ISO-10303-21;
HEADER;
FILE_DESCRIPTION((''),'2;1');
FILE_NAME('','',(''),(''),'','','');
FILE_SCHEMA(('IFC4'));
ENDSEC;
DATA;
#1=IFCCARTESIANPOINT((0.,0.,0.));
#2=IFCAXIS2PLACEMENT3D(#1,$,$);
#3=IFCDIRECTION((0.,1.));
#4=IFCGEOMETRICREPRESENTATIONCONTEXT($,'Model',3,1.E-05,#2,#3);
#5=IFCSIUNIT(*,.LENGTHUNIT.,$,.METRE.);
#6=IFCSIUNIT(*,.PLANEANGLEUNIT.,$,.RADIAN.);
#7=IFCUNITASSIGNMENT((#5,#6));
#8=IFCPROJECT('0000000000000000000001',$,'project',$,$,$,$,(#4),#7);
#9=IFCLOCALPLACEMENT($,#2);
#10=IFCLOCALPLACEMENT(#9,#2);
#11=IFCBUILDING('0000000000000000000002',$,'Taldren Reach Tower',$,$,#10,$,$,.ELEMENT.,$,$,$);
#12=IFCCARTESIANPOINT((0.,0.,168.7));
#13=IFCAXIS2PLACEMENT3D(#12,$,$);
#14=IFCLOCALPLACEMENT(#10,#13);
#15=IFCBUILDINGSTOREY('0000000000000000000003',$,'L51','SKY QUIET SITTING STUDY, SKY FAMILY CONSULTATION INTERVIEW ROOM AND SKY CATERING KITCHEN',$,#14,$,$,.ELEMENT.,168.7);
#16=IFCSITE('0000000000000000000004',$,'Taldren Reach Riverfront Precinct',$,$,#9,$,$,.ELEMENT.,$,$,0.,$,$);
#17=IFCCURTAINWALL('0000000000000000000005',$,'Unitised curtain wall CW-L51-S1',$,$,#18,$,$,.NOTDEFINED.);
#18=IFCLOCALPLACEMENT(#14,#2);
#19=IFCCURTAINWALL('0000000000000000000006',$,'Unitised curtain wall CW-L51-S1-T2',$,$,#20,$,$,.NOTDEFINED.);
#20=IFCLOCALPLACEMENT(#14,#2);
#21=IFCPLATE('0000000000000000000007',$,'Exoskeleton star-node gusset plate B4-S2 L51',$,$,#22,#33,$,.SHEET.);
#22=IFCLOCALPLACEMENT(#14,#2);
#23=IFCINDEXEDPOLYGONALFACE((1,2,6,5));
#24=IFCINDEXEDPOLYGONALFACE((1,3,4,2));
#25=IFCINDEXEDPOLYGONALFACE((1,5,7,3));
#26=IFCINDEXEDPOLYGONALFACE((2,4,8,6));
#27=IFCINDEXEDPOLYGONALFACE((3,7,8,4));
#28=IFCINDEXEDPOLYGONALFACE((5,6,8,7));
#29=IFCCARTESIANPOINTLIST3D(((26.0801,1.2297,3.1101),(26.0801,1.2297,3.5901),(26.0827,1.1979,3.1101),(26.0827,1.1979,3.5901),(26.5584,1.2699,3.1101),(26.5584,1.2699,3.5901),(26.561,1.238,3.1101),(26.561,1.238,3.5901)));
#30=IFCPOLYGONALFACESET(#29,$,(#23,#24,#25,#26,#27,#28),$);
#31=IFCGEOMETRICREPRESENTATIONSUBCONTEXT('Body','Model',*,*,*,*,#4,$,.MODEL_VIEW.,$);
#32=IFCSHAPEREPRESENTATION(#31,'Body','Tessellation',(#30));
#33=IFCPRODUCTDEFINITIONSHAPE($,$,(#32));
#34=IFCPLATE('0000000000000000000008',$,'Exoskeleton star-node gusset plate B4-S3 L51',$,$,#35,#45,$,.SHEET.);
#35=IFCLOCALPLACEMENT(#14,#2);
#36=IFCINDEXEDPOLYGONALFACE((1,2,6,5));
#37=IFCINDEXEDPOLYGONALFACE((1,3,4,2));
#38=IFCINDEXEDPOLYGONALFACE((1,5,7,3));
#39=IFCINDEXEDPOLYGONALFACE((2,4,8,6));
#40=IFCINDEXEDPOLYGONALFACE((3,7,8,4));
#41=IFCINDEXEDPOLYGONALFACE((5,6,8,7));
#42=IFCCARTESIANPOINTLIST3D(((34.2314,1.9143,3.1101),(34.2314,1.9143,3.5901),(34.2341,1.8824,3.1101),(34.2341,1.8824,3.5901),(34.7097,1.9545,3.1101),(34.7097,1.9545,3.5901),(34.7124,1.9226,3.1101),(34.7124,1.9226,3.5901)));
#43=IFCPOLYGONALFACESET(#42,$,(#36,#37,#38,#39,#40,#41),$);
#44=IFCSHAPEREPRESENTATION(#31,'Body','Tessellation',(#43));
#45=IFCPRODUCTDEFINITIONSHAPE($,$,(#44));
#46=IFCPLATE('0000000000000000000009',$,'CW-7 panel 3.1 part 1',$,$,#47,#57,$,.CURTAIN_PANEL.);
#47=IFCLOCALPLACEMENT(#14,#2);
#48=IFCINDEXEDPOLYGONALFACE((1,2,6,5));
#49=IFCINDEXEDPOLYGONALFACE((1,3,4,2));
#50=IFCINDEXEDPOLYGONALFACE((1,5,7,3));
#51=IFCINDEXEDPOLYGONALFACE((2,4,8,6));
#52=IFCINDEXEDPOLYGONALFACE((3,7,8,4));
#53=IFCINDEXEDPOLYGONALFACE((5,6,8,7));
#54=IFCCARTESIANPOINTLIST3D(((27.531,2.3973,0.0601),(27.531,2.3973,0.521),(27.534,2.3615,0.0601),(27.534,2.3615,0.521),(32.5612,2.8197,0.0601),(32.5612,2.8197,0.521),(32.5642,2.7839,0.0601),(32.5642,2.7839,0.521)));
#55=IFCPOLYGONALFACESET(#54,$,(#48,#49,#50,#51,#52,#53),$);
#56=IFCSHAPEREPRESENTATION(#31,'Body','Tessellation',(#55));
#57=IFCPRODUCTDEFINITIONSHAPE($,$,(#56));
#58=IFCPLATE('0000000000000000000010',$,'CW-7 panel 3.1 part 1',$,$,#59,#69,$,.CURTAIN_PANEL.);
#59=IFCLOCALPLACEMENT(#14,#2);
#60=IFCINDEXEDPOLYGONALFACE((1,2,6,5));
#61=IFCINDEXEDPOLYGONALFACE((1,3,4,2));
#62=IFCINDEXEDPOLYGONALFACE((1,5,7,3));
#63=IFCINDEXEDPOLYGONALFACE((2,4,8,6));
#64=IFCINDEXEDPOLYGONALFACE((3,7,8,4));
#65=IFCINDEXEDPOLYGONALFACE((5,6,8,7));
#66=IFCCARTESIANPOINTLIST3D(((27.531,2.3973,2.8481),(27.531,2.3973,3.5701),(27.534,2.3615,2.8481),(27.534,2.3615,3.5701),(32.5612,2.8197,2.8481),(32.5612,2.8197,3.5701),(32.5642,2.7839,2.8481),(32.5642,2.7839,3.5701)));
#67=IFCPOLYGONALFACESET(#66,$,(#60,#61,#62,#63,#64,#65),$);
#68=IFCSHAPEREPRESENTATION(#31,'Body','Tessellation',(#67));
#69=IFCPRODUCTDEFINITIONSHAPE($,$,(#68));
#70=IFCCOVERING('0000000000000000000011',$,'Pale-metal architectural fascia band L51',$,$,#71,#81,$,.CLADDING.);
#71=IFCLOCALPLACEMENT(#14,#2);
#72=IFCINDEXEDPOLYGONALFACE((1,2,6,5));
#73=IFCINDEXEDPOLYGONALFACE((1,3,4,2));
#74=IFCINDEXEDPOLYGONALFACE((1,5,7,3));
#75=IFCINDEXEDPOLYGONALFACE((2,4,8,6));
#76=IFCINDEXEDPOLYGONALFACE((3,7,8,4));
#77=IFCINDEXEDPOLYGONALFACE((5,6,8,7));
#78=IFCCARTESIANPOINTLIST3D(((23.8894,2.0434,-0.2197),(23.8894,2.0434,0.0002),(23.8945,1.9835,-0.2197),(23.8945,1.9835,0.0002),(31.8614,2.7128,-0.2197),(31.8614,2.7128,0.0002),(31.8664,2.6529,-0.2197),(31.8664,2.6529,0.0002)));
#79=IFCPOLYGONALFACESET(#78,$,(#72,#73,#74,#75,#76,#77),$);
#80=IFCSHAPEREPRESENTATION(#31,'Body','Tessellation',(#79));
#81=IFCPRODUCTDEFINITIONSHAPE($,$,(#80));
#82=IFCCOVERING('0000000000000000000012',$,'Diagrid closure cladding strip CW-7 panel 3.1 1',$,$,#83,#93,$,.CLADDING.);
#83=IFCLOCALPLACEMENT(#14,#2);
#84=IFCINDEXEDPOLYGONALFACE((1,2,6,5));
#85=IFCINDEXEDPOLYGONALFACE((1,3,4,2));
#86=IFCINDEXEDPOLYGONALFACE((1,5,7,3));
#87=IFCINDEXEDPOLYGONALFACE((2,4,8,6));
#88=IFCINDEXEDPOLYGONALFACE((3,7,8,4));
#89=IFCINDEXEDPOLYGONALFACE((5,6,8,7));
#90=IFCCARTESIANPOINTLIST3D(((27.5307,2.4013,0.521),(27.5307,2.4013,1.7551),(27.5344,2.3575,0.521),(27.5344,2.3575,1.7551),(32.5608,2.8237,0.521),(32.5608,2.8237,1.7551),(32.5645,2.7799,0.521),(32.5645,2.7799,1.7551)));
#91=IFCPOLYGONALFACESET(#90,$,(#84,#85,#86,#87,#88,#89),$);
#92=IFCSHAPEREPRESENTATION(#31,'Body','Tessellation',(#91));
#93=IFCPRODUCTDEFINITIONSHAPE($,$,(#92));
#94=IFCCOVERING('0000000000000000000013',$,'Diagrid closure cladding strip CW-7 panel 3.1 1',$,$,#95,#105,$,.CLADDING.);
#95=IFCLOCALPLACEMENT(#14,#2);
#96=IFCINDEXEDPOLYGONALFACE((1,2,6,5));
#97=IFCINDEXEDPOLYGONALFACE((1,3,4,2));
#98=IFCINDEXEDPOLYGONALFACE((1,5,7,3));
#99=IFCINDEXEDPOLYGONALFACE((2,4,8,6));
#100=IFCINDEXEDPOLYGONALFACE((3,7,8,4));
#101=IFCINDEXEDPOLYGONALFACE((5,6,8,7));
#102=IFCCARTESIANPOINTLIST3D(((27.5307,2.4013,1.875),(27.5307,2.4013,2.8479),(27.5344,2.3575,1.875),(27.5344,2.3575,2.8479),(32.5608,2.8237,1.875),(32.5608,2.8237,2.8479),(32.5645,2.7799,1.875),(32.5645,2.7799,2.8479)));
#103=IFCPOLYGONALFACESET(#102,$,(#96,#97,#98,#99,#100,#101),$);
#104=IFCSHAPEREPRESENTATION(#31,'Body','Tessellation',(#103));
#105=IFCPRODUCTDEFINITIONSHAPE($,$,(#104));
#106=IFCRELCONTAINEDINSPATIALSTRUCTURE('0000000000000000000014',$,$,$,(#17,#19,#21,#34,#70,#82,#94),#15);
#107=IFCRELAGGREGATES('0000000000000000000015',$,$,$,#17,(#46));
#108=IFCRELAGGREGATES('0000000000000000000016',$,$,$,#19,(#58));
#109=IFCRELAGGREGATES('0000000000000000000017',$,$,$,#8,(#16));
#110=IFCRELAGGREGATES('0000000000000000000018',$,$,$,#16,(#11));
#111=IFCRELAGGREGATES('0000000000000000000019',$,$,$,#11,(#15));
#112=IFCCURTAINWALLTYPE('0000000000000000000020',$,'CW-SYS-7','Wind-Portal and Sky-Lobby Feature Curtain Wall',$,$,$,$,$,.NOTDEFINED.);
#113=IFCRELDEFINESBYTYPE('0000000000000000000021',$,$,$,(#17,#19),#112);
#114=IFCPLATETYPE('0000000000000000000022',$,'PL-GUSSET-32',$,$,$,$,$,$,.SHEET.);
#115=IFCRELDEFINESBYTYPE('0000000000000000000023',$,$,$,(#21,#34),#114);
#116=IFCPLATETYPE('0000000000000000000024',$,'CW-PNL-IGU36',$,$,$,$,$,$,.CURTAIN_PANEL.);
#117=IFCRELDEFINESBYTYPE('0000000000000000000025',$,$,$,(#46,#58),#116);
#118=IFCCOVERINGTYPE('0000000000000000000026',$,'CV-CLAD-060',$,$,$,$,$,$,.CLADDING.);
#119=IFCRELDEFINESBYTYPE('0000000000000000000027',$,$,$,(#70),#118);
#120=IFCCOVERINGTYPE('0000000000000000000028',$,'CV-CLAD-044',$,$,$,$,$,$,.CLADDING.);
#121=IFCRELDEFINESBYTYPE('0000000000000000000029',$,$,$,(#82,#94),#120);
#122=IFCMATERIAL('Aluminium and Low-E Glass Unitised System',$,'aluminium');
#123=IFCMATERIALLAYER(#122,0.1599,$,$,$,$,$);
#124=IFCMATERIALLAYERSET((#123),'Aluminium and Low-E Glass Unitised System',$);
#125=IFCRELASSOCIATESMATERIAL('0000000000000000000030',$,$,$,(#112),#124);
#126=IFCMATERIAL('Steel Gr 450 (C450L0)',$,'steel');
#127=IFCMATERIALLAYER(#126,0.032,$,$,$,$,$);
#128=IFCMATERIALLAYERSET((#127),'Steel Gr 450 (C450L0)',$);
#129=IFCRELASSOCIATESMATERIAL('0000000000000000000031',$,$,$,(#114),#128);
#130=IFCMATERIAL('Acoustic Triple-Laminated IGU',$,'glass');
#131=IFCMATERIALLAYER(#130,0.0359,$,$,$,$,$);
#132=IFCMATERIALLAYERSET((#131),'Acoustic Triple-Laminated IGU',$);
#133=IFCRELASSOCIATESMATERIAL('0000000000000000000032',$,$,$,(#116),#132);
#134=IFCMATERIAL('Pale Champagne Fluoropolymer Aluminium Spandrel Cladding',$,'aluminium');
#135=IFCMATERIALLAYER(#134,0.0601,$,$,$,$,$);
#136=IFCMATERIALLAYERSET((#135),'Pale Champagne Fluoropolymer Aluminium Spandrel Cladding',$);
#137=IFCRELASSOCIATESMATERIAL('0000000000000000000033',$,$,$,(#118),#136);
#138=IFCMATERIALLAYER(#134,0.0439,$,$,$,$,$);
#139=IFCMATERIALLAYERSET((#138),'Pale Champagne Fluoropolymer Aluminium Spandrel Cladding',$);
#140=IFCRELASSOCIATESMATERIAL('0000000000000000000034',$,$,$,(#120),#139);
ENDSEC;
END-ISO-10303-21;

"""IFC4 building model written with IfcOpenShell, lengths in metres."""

from ifc_helpers import new_model, si_unit, direction, frame, origin, origin_2d, place, context, subcontext, project, spatial, rectangle, extrude, source, transform, mapped, material, layer, layer_set, type_object, element, aggregate, save


model = new_model("IFC4")

# Units and contexts
model_context = context("Model", 3, precision=1e-05, world=origin(), true_north=direction((0.0, 1.0)))
body_context = subcontext(model_context, "Body", "Model", "MODEL_VIEW")
ifc_project = project(units=[si_unit("LENGTHUNIT", "METRE"), si_unit("PLANEANGLEUNIT", "RADIAN")], contexts=[model_context])

# Site, building, storey
site_placement = place(None, origin())
site = spatial("IfcSite", under=ifc_project, at=site_placement, Name="Taldren Reach Riverfront Precinct", CompositionType="ELEMENT", RefElevation=0.0)
building_placement = place(site_placement, origin())
building = spatial("IfcBuilding", under=site, at=building_placement, Name="Taldren Reach Tower", CompositionType="ELEMENT")
storey_placement = place(building_placement, frame((0.0, 0.0, 168.7)))
storey = spatial("IfcBuildingStorey", under=building, at=storey_placement, Name="L51", Description="SKY QUIET SITTING STUDY, SKY FAMILY CONSULTATION INTERVIEW ROOM AND SKY CATERING KITCHEN", CompositionType="ELEMENT", Elevation=168.7)

# Shared definitions
ifc_material_1 = material(Name="Steel Gr 450 (C450L0)", Category="steel")

# Curtain walls
ifc_material_2 = material(Name="Aluminium and Low-E Glass Unitised System", Category="aluminium")
ifc_layer_1 = layer(ifc_material_2, 0.1599)
ifc_layer_set_1 = layer_set([ifc_layer_1], Name="Aluminium and Low-E Glass Unitised System")
curtain_wall_type = type_object("IfcCurtainWallType", Name="CW-SYS-7", Description="Wind-Portal and Sky-Lobby Feature Curtain Wall", PredefinedType="NOTDEFINED", material=ifc_layer_set_1)
curtain_wall_1_placement = place(storey_placement, origin())
curtain_wall_1 = element("IfcCurtainWall", 1, at=curtain_wall_1_placement, inside=storey, type_object=curtain_wall_type, Name="Unitised curtain wall CW-L51-S1", PredefinedType="NOTDEFINED")
curtain_wall_2_placement = place(storey_placement, origin())
curtain_wall_2 = element("IfcCurtainWall", 2, at=curtain_wall_2_placement, inside=storey, type_object=curtain_wall_type, Name="Unitised curtain wall CW-L51-S1-T2", PredefinedType="NOTDEFINED")

# Plates
ifc_layer_2 = layer(ifc_material_1, 0.032)
ifc_layer_set_2 = layer_set([ifc_layer_2], Name="Steel Gr 450 (C450L0)")
plate_type_1 = type_object("IfcPlateType", Name="PL-GUSSET-32", PredefinedType="SHEET", material=ifc_layer_set_2)
shared_shape_1 = source(origin(), body_context, "Body", "SweptSolid", [
    extrude(rectangle(XDim=0.48, YDim=0.032, at=origin_2d()), origin(), (0.0, 0.0, 1.0), 0.48),
])
for number, where, z_axis, x_axis, name in (
    (3, (26.3206, 1.2339, 3.1101), (0.0, 0.0, 1.0), (0.996493, 0.083678, 0.0), "Exoskeleton star-node gusset plate B4-S2 L51"),
    (4, (34.4719, 1.9185, 3.1101), (0.0, 0.0, 1.0), (0.996493, 0.083678, 0.0), "Exoskeleton star-node gusset plate B4-S3 L51"),
):
    element("IfcPlate", number, at=place(storey_placement, frame(where, z_axis=z_axis, x_axis=x_axis)), inside=storey, type_object=plate_type_1, Name=name, PredefinedType="SHEET", context=body_context, shape_type="MappedRepresentation", body=[
        mapped(shared_shape_1, transform((0.0, 0.0, 0.0), scale=1.0)),
    ])

# Plates
ifc_material_3 = material(Name="Acoustic Triple-Laminated IGU", Category="glass")
ifc_layer_3 = layer(ifc_material_3, 0.0359)
ifc_layer_set_3 = layer_set([ifc_layer_3], Name="Acoustic Triple-Laminated IGU")
plate_type_2 = type_object("IfcPlateType", Name="CW-PNL-IGU36", PredefinedType="CURTAIN_PANEL", material=ifc_layer_set_3)
shared_shape_2 = source(origin(), body_context, "Body", "SweptSolid", [
    extrude(rectangle(XDim=5.0479, YDim=0.0359, at=origin_2d()), origin(), (0.0, 0.0, 1.0), 0.4609),
])
plate_1_placement = place(storey_placement, frame((30.0476, 2.5906, 0.0601), z_axis=(0.0, 0.0, 1.0), x_axis=(0.996493, 0.083678, 0.0)))
plate_1 = element("IfcPlate", 5, at=plate_1_placement, type_object=plate_type_2, Name="CW-7 panel 3.1 part 1", PredefinedType="CURTAIN_PANEL", context=body_context, shape_type="MappedRepresentation", body=[
    mapped(shared_shape_2, transform((0.0, 0.0, 0.0), scale=1.0)),
])
aggregate(curtain_wall_1, [plate_1])
shared_shape_3 = source(origin(), body_context, "Body", "SweptSolid", [
    extrude(rectangle(XDim=5.0479, YDim=0.0359, at=origin_2d()), origin(), (0.0, 0.0, 1.0), 0.7219),
])
plate_2_placement = place(storey_placement, frame((30.0476, 2.5906, 2.8481), z_axis=(0.0, 0.0, 1.0), x_axis=(0.996493, 0.083678, 0.0)))
plate_2 = element("IfcPlate", 6, at=plate_2_placement, type_object=plate_type_2, Name="CW-7 panel 3.1 part 1", PredefinedType="CURTAIN_PANEL", context=body_context, shape_type="MappedRepresentation", body=[
    mapped(shared_shape_3, transform((0.0, 0.0, 0.0), scale=1.0)),
])
aggregate(curtain_wall_2, [plate_2])

# Coverings
ifc_material_4 = material(Name="Pale Champagne Fluoropolymer Aluminium Spandrel Cladding", Category="aluminium")
ifc_layer_4 = layer(ifc_material_4, 0.0601)
ifc_layer_set_4 = layer_set([ifc_layer_4], Name="Pale Champagne Fluoropolymer Aluminium Spandrel Cladding")
covering_type_1 = type_object("IfcCoveringType", Name="CV-CLAD-060", PredefinedType="CLADDING", material=ifc_layer_set_4)
shared_shape_4 = source(origin(), body_context, "Body", "SweptSolid", [
    extrude(rectangle(XDim=8.0, YDim=0.0601, at=origin_2d()), origin(), (0.0, 0.0, 1.0), 0.22),
])
covering_1_placement = place(storey_placement, frame((27.8779, 2.3481, -0.2197), z_axis=(0.0, 0.0, 1.0), x_axis=(0.996493, 0.083678, 0.0)))
element("IfcCovering", 7, at=covering_1_placement, inside=storey, type_object=covering_type_1, Name="Pale-metal architectural fascia band L51", PredefinedType="CLADDING", context=body_context, shape_type="MappedRepresentation", body=[
    mapped(shared_shape_4, transform((0.0, 0.0, 0.0), scale=1.0)),
])
ifc_layer_5 = layer(ifc_material_4, 0.0439)
ifc_layer_set_5 = layer_set([ifc_layer_5], Name="Pale Champagne Fluoropolymer Aluminium Spandrel Cladding")
covering_type_2 = type_object("IfcCoveringType", Name="CV-CLAD-044", PredefinedType="CLADDING", material=ifc_layer_set_5)
shared_shape_5 = source(origin(), body_context, "Body", "SweptSolid", [
    extrude(rectangle(XDim=5.0479, YDim=0.0439, at=origin_2d()), origin(), (0.0, 0.0, 1.0), 1.2341),
])
covering_2_placement = place(storey_placement, frame((30.0476, 2.5906, 0.521), z_axis=(0.0, 0.0, 1.0), x_axis=(0.996493, 0.083678, 0.0)))
element("IfcCovering", 8, at=covering_2_placement, inside=storey, type_object=covering_type_2, Name="Diagrid closure cladding strip CW-7 panel 3.1 1", PredefinedType="CLADDING", context=body_context, shape_type="MappedRepresentation", body=[
    mapped(shared_shape_5, transform((0.0, 0.0, 0.0), scale=1.0)),
])
shared_shape_6 = source(origin(), body_context, "Body", "SweptSolid", [
    extrude(rectangle(XDim=5.0479, YDim=0.0439, at=origin_2d()), origin(), (0.0, 0.0, 1.0), 0.9729),
])
covering_3_placement = place(storey_placement, frame((30.0476, 2.5906, 1.875), z_axis=(0.0, 0.0, 1.0), x_axis=(0.996493, 0.083678, 0.0)))
element("IfcCovering", 9, at=covering_3_placement, inside=storey, type_object=covering_type_2, Name="Diagrid closure cladding strip CW-7 panel 3.1 1", PredefinedType="CLADDING", context=body_context, shape_type="MappedRepresentation", body=[
    mapped(shared_shape_6, transform((0.0, 0.0, 0.0), scale=1.0)),
])

save(model, "model.ifc")
